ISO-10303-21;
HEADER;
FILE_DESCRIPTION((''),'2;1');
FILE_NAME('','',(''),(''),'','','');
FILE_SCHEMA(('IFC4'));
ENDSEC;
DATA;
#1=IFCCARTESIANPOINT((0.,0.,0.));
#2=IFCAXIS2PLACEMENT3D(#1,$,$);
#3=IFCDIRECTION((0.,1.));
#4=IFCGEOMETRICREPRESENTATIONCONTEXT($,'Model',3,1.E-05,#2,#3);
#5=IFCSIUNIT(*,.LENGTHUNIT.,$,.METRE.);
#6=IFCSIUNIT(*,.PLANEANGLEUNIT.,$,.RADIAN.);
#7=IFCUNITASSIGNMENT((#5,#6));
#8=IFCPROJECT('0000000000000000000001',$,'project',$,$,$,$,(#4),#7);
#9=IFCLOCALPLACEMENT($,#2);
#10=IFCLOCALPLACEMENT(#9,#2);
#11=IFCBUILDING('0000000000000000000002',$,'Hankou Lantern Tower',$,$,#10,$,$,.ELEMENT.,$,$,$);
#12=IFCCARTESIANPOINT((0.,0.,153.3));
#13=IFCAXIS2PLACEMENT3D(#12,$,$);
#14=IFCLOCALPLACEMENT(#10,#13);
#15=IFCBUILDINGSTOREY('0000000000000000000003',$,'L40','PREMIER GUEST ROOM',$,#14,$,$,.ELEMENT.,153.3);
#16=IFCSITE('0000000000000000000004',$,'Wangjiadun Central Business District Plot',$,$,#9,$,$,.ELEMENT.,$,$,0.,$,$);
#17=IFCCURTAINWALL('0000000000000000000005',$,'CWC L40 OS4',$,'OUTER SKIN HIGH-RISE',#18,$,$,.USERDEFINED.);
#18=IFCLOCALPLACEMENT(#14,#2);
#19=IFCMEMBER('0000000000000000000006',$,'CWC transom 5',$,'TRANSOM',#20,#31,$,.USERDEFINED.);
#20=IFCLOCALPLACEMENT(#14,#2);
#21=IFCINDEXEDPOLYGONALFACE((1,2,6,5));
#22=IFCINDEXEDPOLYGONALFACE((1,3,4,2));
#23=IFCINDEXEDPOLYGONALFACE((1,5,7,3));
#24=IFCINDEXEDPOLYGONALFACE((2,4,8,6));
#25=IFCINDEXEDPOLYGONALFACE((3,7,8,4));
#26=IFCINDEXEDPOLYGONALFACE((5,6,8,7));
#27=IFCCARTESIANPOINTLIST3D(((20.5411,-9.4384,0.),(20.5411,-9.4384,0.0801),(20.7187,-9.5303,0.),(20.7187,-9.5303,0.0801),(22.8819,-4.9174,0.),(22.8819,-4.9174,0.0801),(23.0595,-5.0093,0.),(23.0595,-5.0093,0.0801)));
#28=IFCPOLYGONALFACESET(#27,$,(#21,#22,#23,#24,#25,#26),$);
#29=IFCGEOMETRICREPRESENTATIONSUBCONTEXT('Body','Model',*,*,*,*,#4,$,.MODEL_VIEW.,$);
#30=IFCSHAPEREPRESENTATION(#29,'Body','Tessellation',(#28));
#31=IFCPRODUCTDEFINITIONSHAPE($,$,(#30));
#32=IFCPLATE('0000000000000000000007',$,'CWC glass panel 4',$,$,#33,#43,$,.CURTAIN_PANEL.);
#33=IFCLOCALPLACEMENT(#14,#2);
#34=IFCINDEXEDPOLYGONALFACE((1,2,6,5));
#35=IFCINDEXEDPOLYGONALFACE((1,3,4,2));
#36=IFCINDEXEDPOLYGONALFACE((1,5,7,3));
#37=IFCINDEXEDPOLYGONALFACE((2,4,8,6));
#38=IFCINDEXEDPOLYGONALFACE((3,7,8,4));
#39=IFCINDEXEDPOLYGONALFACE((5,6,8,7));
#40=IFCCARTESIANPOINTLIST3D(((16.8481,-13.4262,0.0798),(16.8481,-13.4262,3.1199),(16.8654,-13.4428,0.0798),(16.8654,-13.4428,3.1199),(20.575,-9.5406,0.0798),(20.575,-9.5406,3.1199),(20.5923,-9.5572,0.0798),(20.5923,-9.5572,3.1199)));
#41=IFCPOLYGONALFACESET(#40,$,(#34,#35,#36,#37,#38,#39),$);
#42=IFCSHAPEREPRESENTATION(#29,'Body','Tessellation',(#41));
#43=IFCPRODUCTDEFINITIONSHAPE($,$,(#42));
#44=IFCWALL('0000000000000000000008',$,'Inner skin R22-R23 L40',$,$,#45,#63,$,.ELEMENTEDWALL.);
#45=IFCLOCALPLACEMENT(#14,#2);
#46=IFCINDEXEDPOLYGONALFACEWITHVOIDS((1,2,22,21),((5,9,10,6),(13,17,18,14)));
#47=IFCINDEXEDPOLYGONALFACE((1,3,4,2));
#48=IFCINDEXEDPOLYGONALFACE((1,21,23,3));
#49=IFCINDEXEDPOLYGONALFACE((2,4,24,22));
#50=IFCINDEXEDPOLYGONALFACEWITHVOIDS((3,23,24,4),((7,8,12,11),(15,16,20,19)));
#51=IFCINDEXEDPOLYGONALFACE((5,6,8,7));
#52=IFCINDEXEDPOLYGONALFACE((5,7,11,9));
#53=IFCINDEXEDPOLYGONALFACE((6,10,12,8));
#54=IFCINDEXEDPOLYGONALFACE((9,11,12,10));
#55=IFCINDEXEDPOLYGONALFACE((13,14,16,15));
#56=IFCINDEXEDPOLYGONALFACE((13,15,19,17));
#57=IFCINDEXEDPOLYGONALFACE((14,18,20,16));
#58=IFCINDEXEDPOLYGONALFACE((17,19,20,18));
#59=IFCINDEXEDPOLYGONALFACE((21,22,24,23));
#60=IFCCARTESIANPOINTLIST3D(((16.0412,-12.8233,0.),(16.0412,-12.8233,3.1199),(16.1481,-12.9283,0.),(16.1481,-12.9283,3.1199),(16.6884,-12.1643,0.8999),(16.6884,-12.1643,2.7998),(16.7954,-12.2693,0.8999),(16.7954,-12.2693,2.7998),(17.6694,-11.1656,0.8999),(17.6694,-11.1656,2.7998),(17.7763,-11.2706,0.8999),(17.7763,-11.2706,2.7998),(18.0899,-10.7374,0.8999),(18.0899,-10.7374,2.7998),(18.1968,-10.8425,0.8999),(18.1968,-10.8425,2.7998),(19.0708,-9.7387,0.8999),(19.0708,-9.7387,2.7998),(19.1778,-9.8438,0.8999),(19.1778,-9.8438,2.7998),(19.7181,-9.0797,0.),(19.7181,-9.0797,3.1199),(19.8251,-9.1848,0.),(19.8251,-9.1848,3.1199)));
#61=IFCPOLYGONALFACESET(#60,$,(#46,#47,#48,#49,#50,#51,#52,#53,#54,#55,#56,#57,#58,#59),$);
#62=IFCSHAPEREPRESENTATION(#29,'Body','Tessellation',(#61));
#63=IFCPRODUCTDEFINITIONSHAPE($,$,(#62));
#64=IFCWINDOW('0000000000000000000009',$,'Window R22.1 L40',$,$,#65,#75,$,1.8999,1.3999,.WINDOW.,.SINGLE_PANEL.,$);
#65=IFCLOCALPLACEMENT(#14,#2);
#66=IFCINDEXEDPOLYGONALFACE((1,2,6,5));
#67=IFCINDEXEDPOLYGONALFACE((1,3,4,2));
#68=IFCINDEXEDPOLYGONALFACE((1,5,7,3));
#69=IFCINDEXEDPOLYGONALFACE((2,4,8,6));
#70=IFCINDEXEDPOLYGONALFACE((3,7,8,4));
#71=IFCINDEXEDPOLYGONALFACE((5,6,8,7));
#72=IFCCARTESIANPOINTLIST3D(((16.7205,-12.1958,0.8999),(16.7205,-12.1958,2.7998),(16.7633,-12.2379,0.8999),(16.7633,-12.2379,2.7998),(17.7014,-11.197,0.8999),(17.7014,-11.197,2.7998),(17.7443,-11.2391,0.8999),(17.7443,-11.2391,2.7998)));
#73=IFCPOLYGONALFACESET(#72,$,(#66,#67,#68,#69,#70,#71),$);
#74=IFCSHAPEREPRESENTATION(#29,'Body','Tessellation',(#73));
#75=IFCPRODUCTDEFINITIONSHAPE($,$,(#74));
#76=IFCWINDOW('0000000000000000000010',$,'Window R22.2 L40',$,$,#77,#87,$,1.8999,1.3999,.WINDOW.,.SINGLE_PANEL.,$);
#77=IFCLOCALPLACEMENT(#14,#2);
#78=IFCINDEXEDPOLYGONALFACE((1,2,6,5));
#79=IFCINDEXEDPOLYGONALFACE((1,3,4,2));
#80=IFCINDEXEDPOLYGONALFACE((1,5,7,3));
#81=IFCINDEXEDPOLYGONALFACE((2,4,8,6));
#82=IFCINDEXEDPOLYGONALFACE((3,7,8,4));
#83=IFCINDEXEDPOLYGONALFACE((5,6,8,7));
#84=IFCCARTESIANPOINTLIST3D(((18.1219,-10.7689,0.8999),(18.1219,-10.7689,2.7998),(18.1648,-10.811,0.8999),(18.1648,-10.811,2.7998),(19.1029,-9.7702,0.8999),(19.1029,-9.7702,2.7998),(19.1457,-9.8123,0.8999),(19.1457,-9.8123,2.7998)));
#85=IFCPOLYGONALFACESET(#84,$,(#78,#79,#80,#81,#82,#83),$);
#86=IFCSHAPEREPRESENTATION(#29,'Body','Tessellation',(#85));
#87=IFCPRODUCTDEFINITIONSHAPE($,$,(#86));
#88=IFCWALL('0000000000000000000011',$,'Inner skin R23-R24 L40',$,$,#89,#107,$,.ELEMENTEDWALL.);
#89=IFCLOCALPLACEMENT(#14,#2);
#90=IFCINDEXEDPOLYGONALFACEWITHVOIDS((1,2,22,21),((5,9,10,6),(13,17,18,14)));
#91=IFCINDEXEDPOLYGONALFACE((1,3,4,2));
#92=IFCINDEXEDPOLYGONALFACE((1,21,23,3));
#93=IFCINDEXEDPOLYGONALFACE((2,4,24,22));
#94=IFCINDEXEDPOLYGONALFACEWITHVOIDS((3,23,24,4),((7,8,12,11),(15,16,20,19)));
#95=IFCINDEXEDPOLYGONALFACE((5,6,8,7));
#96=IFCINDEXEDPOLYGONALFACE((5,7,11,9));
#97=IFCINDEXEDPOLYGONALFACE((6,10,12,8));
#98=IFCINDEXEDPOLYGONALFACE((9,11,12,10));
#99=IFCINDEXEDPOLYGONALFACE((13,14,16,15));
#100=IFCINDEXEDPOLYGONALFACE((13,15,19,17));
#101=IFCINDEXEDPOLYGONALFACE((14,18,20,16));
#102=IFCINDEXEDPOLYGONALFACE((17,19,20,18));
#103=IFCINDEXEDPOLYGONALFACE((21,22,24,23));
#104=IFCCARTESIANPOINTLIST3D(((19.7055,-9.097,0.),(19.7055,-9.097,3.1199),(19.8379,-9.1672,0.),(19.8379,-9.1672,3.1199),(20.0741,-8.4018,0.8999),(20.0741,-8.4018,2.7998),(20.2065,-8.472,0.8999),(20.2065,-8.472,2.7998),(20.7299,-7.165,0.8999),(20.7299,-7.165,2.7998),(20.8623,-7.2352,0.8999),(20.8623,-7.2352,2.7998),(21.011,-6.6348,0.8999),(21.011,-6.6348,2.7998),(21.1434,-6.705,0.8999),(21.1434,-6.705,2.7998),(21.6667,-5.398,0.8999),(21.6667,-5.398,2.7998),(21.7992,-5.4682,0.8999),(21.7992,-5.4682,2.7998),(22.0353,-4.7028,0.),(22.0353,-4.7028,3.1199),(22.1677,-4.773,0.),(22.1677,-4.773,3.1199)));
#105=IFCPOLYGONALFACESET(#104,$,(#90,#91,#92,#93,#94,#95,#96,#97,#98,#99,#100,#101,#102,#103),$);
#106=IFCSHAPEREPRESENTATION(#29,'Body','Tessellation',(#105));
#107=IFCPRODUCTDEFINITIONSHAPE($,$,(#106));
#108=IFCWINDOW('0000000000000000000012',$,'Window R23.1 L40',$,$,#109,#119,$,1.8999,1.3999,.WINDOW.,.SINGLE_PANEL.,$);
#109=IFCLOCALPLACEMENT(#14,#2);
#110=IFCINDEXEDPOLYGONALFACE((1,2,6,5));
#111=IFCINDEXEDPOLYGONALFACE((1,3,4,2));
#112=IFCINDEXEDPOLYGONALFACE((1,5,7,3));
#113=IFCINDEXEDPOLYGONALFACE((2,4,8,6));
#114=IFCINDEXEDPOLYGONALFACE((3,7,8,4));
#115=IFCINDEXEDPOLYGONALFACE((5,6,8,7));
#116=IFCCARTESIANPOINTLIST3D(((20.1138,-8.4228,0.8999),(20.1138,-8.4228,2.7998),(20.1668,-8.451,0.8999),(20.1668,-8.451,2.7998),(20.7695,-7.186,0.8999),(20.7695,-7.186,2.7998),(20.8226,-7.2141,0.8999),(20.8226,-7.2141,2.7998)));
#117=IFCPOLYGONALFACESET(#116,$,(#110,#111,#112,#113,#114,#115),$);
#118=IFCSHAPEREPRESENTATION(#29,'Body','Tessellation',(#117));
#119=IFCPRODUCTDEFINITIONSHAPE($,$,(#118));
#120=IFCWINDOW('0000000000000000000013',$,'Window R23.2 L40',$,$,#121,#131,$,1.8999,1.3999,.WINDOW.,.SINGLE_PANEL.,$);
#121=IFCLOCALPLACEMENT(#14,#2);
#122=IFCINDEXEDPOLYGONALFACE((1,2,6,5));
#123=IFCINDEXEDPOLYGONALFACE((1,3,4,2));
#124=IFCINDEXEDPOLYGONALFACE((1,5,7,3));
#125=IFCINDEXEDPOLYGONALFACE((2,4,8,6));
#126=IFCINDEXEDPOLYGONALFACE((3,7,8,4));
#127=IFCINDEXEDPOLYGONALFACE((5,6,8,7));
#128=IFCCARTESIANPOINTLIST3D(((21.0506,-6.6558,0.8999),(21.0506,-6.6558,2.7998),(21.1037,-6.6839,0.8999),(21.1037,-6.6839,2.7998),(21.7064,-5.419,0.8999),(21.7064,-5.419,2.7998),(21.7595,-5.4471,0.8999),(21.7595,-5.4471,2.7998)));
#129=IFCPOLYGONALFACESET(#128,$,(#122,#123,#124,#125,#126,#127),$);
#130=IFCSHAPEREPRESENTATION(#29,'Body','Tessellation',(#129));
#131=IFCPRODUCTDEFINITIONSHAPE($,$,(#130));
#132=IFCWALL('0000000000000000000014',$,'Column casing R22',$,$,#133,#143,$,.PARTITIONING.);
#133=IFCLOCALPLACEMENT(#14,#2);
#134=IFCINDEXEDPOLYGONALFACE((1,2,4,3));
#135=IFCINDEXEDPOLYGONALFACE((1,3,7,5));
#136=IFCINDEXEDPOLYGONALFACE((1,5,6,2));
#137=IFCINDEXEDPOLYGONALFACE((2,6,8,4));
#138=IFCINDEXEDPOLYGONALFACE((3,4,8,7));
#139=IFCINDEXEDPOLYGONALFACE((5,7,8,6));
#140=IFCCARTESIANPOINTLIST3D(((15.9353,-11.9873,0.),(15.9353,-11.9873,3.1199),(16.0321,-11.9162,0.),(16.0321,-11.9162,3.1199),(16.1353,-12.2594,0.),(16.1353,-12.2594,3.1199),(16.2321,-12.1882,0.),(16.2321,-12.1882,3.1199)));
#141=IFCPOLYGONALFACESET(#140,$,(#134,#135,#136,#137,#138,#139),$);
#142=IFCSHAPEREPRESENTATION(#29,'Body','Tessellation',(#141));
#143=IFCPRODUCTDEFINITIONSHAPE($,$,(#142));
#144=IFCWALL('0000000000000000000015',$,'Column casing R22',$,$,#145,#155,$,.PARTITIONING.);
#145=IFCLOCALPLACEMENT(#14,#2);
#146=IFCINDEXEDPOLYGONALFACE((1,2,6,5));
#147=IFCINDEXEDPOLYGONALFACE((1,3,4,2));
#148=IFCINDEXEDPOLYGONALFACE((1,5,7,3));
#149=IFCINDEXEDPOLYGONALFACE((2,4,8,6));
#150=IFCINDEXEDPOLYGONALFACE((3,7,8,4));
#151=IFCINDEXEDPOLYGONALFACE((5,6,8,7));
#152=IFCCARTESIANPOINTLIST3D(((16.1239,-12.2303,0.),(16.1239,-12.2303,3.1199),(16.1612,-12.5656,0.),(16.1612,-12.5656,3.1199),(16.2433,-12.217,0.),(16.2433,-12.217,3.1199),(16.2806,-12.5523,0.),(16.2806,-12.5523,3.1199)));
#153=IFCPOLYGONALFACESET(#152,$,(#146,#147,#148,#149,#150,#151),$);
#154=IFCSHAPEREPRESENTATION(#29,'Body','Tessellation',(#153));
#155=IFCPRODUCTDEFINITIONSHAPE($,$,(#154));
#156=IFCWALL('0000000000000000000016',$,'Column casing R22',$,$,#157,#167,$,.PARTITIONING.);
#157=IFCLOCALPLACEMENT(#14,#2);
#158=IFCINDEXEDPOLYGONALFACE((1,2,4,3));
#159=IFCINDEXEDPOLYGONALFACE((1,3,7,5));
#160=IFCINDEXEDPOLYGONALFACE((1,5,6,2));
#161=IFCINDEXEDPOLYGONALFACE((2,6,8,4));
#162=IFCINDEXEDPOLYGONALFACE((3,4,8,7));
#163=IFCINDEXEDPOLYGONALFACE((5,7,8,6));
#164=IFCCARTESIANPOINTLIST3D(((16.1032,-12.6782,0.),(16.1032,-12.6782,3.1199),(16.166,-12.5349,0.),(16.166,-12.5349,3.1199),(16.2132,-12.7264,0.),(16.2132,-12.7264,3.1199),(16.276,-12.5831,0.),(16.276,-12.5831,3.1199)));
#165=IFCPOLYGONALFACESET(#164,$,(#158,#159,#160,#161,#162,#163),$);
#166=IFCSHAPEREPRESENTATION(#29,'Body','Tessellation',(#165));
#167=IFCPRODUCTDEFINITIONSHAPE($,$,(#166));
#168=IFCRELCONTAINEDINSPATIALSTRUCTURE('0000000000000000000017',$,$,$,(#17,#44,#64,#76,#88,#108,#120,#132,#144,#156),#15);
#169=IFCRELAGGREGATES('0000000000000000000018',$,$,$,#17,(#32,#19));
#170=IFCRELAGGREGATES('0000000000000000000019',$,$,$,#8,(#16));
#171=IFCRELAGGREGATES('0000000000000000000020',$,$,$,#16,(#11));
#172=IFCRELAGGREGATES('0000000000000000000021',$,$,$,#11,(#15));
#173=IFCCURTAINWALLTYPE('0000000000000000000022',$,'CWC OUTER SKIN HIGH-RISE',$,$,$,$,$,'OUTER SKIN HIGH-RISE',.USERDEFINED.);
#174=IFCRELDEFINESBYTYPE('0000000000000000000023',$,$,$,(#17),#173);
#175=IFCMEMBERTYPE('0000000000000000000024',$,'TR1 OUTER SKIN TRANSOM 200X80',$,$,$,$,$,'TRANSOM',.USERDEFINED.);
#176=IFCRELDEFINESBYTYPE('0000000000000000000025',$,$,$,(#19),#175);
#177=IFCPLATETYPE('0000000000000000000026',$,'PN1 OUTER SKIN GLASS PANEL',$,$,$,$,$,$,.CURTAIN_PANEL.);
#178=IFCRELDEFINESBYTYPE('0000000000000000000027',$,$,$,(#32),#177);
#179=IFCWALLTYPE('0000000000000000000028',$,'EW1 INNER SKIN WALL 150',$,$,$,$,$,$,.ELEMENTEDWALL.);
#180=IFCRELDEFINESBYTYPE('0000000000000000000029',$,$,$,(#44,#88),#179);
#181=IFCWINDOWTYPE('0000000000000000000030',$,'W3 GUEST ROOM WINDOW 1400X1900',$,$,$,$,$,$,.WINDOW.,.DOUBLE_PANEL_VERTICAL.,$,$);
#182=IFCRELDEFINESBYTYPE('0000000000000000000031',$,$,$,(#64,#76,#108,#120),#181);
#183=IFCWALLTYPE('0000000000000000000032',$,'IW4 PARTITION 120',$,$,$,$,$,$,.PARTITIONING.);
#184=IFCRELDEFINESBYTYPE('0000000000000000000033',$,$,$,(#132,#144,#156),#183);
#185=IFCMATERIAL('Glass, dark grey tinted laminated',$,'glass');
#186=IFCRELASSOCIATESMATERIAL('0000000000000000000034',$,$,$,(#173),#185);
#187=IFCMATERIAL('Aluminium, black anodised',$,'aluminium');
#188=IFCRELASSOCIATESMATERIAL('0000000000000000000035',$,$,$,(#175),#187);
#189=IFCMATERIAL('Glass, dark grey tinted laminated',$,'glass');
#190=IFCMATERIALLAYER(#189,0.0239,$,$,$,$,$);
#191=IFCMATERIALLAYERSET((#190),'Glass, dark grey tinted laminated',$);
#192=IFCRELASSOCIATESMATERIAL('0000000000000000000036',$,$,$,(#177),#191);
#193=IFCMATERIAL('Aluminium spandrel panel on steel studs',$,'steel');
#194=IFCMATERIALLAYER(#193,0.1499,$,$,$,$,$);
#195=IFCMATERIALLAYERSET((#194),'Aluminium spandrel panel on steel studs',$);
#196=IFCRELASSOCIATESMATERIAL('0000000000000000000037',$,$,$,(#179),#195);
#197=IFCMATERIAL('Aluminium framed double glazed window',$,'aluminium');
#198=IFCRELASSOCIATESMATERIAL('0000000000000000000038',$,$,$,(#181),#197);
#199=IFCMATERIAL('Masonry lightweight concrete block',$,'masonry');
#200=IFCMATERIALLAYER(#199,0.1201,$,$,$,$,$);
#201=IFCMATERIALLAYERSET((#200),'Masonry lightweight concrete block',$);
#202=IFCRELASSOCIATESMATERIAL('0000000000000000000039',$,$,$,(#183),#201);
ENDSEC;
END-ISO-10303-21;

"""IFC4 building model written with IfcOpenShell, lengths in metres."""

from ifc_helpers import new_model, si_unit, direction, frame, frame_2d, origin, origin_2d, place, context, subcontext, project, spatial, rectangle, extrude, material, layer, layer_set, material_profile, profile_set, type_object, element, fill, aggregate, save


model = new_model("IFC4")

# Units and contexts
model_context = context("Model", 3, precision=1e-05, world=origin(), true_north=direction((0.0, 1.0)))
body_context = subcontext(model_context, "Body", "Model", "MODEL_VIEW")
ifc_project = project(units=[si_unit("LENGTHUNIT", "METRE"), si_unit("PLANEANGLEUNIT", "RADIAN")], contexts=[model_context])

# Site, building, storey
site_placement = place(None, origin())
site = spatial("IfcSite", under=ifc_project, at=site_placement, Name="Wangjiadun Central Business District Plot", CompositionType="ELEMENT", RefElevation=0.0)
building_placement = place(site_placement, origin())
building = spatial("IfcBuilding", under=site, at=building_placement, Name="Hankou Lantern Tower", CompositionType="ELEMENT")
storey_placement = place(building_placement, frame((0.0, 0.0, 153.3)))
storey = spatial("IfcBuildingStorey", under=building, at=storey_placement, Name="L40", Description="PREMIER GUEST ROOM", CompositionType="ELEMENT", Elevation=153.3)

# Curtain wall, member, plate
ifc_material_1 = material(Name="Glass, dark grey tinted laminated", Category="glass")
curtain_wall_type = type_object("IfcCurtainWallType", Name="CWC OUTER SKIN HIGH-RISE", ElementType="OUTER SKIN HIGH-RISE", PredefinedType="USERDEFINED", material=ifc_material_1)
curtain_wall_placement = place(storey_placement, origin())
curtain_wall = element("IfcCurtainWall", 1, at=curtain_wall_placement, inside=storey, type_object=curtain_wall_type, Name="CWC L40 OS4", ObjectType="OUTER SKIN HIGH-RISE", PredefinedType="USERDEFINED")
ifc_material_2 = material(Name="Aluminium, black anodised", Category="aluminium")
ifc_material_profile_1 = material_profile(ifc_material_2, rectangle(XDim=0.2, YDim=0.0801, at=origin_2d()), Name="TR1 200X80")
ifc_profile_set_1 = profile_set([ifc_material_profile_1], Name="Aluminium, black anodised")
member_type_1 = type_object("IfcMemberType", Name="TR1 OUTER SKIN TRANSOM 200X80", ElementType="TRANSOM", PredefinedType="USERDEFINED", material=ifc_profile_set_1)
member_1_placement = place(storey_placement, frame((20.6299, -9.4844, 0.04), z_axis=(0.459791, 0.888027, 0.0), x_axis=(-0.888027, 0.459791, 0.0)))
member_1 = element("IfcMember", 2, at=member_1_placement, type_object=member_type_1, Name="CWC transom 5", ObjectType="TRANSOM", PredefinedType="USERDEFINED", context=body_context, shape_type="SweptSolid", body=[
    extrude(rectangle(XDim=0.2, YDim=0.0801, at=origin_2d()), origin(), (0.0, 0.0, 1.0), 5.0911),
])
ifc_material_3 = material(Name="Glass, dark grey tinted laminated", Category="glass")
ifc_layer_1 = layer(ifc_material_3, 0.0239)
ifc_layer_set_1 = layer_set([ifc_layer_1], Name="Glass, dark grey tinted laminated")
plate_type = type_object("IfcPlateType", Name="PN1 OUTER SKIN GLASS PANEL", PredefinedType="CURTAIN_PANEL", material=ifc_layer_set_1)
plate_placement = place(storey_placement, frame((18.7202, -11.4917, 0.0798), z_axis=(0.0, 0.0, 1.0), x_axis=(0.692216, 0.721691, 0.0)))
plate = element("IfcPlate", 3, at=plate_placement, type_object=plate_type, Name="CWC glass panel 4", PredefinedType="CURTAIN_PANEL", context=body_context, shape_type="SweptSolid", body=[
    extrude(rectangle(XDim=5.384, YDim=0.0239, at=origin_2d()), origin(), (0.0, 0.0, 1.0), 3.04),
])
aggregate(curtain_wall, [plate, member_1])

# Walls, openings, windows
ifc_material_4 = material(Name="Aluminium spandrel panel on steel studs", Category="steel")
ifc_layer_2 = layer(ifc_material_4, 0.1499)
ifc_layer_set_2 = layer_set([ifc_layer_2], Name="Aluminium spandrel panel on steel studs")
wall_type_1 = type_object("IfcWallType", Name="EW1 INNER SKIN WALL 150", PredefinedType="ELEMENTEDWALL", material=ifc_layer_set_2)
wall_1_placement = place(storey_placement, frame((16.0947, -12.8757, 0.0), z_axis=(0.0, 0.0, 1.0), x_axis=(0.700727, 0.713429, 0.0)))
wall_1 = element("IfcWall", 4, at=wall_1_placement, inside=storey, type_object=wall_type_1, Name="Inner skin R22-R23 L40", PredefinedType="ELEMENTEDWALL", context=body_context, shape_type="SweptSolid", body=[
    extrude(rectangle(XDim=5.2473, YDim=0.1499, at=frame_2d((2.6235, 0.0))), origin(), (0.0, 0.0, 1.0), 3.1199),
])
opening_1_placement = place(wall_1_placement, frame((0.9236, 0.0, 0.8999)))
opening_1 = element("IfcOpeningElement", 5, at=opening_1_placement, cuts=wall_1, PredefinedType="OPENING", context=body_context, shape_type="SweptSolid", body=[
    extrude(rectangle(XDim=1.3999, YDim=1.8999, at=frame_2d((0.7, 0.95))), frame((0.0, 0.085, 0.0), z_axis=(0.0, -1.0, 0.0), x_axis=(1.0, 0.0, 0.0)), (0.0, 0.0, 1.0), 0.1699),
])
opening_2_placement = place(wall_1_placement, frame((2.9236, 0.0, 0.8999)))
opening_2 = element("IfcOpeningElement", 6, at=opening_2_placement, cuts=wall_1, PredefinedType="OPENING", context=body_context, shape_type="SweptSolid", body=[
    extrude(rectangle(XDim=1.3999, YDim=1.8999, at=frame_2d((0.7, 0.95))), frame((0.0, 0.085, 0.0), z_axis=(0.0, -1.0, 0.0), x_axis=(1.0, 0.0, 0.0)), (0.0, 0.0, 1.0), 0.1699),
])
ifc_material_5 = material(Name="Aluminium framed double glazed window", Category="aluminium")
window_type = type_object("IfcWindowType", Name="W3 GUEST ROOM WINDOW 1400X1900", PartitioningType="DOUBLE_PANEL_VERTICAL", PredefinedType="WINDOW", material=ifc_material_5)
window_1_placement = place(opening_1_placement, origin())
window_1 = element("IfcWindow", 7, at=window_1_placement, inside=storey, type_object=window_type, Name="Window R22.1 L40", OverallHeight=1.8999, OverallWidth=1.3999, PartitioningType="SINGLE_PANEL", PredefinedType="WINDOW", context=body_context, shape_type="SweptSolid", body=[
    extrude(rectangle(XDim=1.3999, YDim=1.8999, at=frame_2d((0.7, 0.95))), frame((0.0, 0.03, 0.0), z_axis=(0.0, -1.0, 0.0), x_axis=(1.0, 0.0, 0.0)), (0.0, 0.0, 1.0), 0.0601),
])
fill(opening_1, window_1)
window_2_placement = place(opening_2_placement, origin())
window_2 = element("IfcWindow", 8, at=window_2_placement, inside=storey, type_object=window_type, Name="Window R22.2 L40", OverallHeight=1.8999, OverallWidth=1.3999, PartitioningType="SINGLE_PANEL", PredefinedType="WINDOW", context=body_context, shape_type="SweptSolid", body=[
    extrude(rectangle(XDim=1.3999, YDim=1.8999, at=frame_2d((0.7, 0.95))), frame((0.0, 0.03, 0.0), z_axis=(0.0, -1.0, 0.0), x_axis=(1.0, 0.0, 0.0)), (0.0, 0.0, 1.0), 0.0601),
])
fill(opening_2, window_2)
wall_2_placement = place(storey_placement, frame((19.7717, -9.1321, 0.0), z_axis=(0.0, 0.0, 1.0), x_axis=(0.468429, 0.883501, 0.0)))
wall_2 = element("IfcWall", 9, at=wall_2_placement, inside=storey, type_object=wall_type_1, Name="Inner skin R23-R24 L40", PredefinedType="ELEMENTEDWALL", context=body_context, shape_type="SweptSolid", body=[
    extrude(rectangle(XDim=4.9736, YDim=0.1499, at=frame_2d((2.4868, 0.0))), origin(), (0.0, 0.0, 1.0), 3.1199),
])
opening_3_placement = place(wall_2_placement, frame((0.7869, 0.0, 0.8999)))
opening_3 = element("IfcOpeningElement", 10, at=opening_3_placement, cuts=wall_2, PredefinedType="OPENING", context=body_context, shape_type="SweptSolid", body=[
    extrude(rectangle(XDim=1.3999, YDim=1.8999, at=frame_2d((0.7, 0.95))), frame((0.0, 0.085, 0.0), z_axis=(0.0, -1.0, 0.0), x_axis=(1.0, 0.0, 0.0)), (0.0, 0.0, 1.0), 0.1699),
])
opening_4_placement = place(wall_2_placement, frame((2.7869, 0.0, 0.8999)))
opening_4 = element("IfcOpeningElement", 11, at=opening_4_placement, cuts=wall_2, PredefinedType="OPENING", context=body_context, shape_type="SweptSolid", body=[
    extrude(rectangle(XDim=1.3999, YDim=1.8999, at=frame_2d((0.7, 0.95))), frame((0.0, 0.085, 0.0), z_axis=(0.0, -1.0, 0.0), x_axis=(1.0, 0.0, 0.0)), (0.0, 0.0, 1.0), 0.1699),
])
window_3_placement = place(opening_3_placement, origin())
window_3 = element("IfcWindow", 12, at=window_3_placement, inside=storey, type_object=window_type, Name="Window R23.1 L40", OverallHeight=1.8999, OverallWidth=1.3999, PartitioningType="SINGLE_PANEL", PredefinedType="WINDOW", context=body_context, shape_type="SweptSolid", body=[
    extrude(rectangle(XDim=1.3999, YDim=1.8999, at=frame_2d((0.7, 0.95))), frame((0.0, 0.03, 0.0), z_axis=(0.0, -1.0, 0.0), x_axis=(1.0, 0.0, 0.0)), (0.0, 0.0, 1.0), 0.0601),
])
fill(opening_3, window_3)
window_4_placement = place(opening_4_placement, origin())
window_4 = element("IfcWindow", 13, at=window_4_placement, inside=storey, type_object=window_type, Name="Window R23.2 L40", OverallHeight=1.8999, OverallWidth=1.3999, PartitioningType="SINGLE_PANEL", PredefinedType="WINDOW", context=body_context, shape_type="SweptSolid", body=[
    extrude(rectangle(XDim=1.3999, YDim=1.8999, at=frame_2d((0.7, 0.95))), frame((0.0, 0.03, 0.0), z_axis=(0.0, -1.0, 0.0), x_axis=(1.0, 0.0, 0.0)), (0.0, 0.0, 1.0), 0.0601),
])
fill(opening_4, window_4)

# Walls
ifc_material_6 = material(Name="Masonry lightweight concrete block", Category="masonry")
ifc_layer_3 = layer(ifc_material_6, 0.1201)
ifc_layer_set_3 = layer_set([ifc_layer_3], Name="Masonry lightweight concrete block")
wall_type_2 = type_object("IfcWallType", Name="IW4 PARTITION 120", PredefinedType="PARTITIONING", material=ifc_layer_set_3)
wall_3_placement = place(storey_placement, frame((15.9836, -11.9517, 0.0), z_axis=(0.0, 0.0, 1.0), x_axis=(0.592335, -0.805692, 0.0)))
element("IfcWall", 14, at=wall_3_placement, inside=storey, type_object=wall_type_2, Name="Column casing R22", PredefinedType="PARTITIONING", context=body_context, shape_type="SweptSolid", body=[
    extrude(rectangle(XDim=0.3376, YDim=0.1201, at=frame_2d((0.1689, 0.0))), origin(), (0.0, 0.0, 1.0), 3.1199),
])
wall_4_placement = place(storey_placement, frame((16.1836, -12.2236, 0.0), z_axis=(0.0, 0.0, 1.0), x_axis=(0.11067, -0.993857, 0.0)))
element("IfcWall", 15, at=wall_4_placement, inside=storey, type_object=wall_type_2, Name="Column casing R22", PredefinedType="PARTITIONING", context=body_context, shape_type="SweptSolid", body=[
    extrude(rectangle(XDim=0.3374, YDim=0.1201, at=frame_2d((0.1687, 0.0))), origin(), (0.0, 0.0, 1.0), 3.1199),
])
wall_5_placement = place(storey_placement, frame((16.2209, -12.5591, 0.0), z_axis=(0.0, 0.0, 1.0), x_axis=(-0.401064, -0.91605, 0.0)))
element("IfcWall", 16, at=wall_5_placement, inside=storey, type_object=wall_type_2, Name="Column casing R22", PredefinedType="PARTITIONING", context=body_context, shape_type="SweptSolid", body=[
    extrude(rectangle(XDim=0.1565, YDim=0.1201, at=frame_2d((0.0781, 0.0))), origin(), (0.0, 0.0, 1.0), 3.1199),
])

save(model, "model.ifc")
